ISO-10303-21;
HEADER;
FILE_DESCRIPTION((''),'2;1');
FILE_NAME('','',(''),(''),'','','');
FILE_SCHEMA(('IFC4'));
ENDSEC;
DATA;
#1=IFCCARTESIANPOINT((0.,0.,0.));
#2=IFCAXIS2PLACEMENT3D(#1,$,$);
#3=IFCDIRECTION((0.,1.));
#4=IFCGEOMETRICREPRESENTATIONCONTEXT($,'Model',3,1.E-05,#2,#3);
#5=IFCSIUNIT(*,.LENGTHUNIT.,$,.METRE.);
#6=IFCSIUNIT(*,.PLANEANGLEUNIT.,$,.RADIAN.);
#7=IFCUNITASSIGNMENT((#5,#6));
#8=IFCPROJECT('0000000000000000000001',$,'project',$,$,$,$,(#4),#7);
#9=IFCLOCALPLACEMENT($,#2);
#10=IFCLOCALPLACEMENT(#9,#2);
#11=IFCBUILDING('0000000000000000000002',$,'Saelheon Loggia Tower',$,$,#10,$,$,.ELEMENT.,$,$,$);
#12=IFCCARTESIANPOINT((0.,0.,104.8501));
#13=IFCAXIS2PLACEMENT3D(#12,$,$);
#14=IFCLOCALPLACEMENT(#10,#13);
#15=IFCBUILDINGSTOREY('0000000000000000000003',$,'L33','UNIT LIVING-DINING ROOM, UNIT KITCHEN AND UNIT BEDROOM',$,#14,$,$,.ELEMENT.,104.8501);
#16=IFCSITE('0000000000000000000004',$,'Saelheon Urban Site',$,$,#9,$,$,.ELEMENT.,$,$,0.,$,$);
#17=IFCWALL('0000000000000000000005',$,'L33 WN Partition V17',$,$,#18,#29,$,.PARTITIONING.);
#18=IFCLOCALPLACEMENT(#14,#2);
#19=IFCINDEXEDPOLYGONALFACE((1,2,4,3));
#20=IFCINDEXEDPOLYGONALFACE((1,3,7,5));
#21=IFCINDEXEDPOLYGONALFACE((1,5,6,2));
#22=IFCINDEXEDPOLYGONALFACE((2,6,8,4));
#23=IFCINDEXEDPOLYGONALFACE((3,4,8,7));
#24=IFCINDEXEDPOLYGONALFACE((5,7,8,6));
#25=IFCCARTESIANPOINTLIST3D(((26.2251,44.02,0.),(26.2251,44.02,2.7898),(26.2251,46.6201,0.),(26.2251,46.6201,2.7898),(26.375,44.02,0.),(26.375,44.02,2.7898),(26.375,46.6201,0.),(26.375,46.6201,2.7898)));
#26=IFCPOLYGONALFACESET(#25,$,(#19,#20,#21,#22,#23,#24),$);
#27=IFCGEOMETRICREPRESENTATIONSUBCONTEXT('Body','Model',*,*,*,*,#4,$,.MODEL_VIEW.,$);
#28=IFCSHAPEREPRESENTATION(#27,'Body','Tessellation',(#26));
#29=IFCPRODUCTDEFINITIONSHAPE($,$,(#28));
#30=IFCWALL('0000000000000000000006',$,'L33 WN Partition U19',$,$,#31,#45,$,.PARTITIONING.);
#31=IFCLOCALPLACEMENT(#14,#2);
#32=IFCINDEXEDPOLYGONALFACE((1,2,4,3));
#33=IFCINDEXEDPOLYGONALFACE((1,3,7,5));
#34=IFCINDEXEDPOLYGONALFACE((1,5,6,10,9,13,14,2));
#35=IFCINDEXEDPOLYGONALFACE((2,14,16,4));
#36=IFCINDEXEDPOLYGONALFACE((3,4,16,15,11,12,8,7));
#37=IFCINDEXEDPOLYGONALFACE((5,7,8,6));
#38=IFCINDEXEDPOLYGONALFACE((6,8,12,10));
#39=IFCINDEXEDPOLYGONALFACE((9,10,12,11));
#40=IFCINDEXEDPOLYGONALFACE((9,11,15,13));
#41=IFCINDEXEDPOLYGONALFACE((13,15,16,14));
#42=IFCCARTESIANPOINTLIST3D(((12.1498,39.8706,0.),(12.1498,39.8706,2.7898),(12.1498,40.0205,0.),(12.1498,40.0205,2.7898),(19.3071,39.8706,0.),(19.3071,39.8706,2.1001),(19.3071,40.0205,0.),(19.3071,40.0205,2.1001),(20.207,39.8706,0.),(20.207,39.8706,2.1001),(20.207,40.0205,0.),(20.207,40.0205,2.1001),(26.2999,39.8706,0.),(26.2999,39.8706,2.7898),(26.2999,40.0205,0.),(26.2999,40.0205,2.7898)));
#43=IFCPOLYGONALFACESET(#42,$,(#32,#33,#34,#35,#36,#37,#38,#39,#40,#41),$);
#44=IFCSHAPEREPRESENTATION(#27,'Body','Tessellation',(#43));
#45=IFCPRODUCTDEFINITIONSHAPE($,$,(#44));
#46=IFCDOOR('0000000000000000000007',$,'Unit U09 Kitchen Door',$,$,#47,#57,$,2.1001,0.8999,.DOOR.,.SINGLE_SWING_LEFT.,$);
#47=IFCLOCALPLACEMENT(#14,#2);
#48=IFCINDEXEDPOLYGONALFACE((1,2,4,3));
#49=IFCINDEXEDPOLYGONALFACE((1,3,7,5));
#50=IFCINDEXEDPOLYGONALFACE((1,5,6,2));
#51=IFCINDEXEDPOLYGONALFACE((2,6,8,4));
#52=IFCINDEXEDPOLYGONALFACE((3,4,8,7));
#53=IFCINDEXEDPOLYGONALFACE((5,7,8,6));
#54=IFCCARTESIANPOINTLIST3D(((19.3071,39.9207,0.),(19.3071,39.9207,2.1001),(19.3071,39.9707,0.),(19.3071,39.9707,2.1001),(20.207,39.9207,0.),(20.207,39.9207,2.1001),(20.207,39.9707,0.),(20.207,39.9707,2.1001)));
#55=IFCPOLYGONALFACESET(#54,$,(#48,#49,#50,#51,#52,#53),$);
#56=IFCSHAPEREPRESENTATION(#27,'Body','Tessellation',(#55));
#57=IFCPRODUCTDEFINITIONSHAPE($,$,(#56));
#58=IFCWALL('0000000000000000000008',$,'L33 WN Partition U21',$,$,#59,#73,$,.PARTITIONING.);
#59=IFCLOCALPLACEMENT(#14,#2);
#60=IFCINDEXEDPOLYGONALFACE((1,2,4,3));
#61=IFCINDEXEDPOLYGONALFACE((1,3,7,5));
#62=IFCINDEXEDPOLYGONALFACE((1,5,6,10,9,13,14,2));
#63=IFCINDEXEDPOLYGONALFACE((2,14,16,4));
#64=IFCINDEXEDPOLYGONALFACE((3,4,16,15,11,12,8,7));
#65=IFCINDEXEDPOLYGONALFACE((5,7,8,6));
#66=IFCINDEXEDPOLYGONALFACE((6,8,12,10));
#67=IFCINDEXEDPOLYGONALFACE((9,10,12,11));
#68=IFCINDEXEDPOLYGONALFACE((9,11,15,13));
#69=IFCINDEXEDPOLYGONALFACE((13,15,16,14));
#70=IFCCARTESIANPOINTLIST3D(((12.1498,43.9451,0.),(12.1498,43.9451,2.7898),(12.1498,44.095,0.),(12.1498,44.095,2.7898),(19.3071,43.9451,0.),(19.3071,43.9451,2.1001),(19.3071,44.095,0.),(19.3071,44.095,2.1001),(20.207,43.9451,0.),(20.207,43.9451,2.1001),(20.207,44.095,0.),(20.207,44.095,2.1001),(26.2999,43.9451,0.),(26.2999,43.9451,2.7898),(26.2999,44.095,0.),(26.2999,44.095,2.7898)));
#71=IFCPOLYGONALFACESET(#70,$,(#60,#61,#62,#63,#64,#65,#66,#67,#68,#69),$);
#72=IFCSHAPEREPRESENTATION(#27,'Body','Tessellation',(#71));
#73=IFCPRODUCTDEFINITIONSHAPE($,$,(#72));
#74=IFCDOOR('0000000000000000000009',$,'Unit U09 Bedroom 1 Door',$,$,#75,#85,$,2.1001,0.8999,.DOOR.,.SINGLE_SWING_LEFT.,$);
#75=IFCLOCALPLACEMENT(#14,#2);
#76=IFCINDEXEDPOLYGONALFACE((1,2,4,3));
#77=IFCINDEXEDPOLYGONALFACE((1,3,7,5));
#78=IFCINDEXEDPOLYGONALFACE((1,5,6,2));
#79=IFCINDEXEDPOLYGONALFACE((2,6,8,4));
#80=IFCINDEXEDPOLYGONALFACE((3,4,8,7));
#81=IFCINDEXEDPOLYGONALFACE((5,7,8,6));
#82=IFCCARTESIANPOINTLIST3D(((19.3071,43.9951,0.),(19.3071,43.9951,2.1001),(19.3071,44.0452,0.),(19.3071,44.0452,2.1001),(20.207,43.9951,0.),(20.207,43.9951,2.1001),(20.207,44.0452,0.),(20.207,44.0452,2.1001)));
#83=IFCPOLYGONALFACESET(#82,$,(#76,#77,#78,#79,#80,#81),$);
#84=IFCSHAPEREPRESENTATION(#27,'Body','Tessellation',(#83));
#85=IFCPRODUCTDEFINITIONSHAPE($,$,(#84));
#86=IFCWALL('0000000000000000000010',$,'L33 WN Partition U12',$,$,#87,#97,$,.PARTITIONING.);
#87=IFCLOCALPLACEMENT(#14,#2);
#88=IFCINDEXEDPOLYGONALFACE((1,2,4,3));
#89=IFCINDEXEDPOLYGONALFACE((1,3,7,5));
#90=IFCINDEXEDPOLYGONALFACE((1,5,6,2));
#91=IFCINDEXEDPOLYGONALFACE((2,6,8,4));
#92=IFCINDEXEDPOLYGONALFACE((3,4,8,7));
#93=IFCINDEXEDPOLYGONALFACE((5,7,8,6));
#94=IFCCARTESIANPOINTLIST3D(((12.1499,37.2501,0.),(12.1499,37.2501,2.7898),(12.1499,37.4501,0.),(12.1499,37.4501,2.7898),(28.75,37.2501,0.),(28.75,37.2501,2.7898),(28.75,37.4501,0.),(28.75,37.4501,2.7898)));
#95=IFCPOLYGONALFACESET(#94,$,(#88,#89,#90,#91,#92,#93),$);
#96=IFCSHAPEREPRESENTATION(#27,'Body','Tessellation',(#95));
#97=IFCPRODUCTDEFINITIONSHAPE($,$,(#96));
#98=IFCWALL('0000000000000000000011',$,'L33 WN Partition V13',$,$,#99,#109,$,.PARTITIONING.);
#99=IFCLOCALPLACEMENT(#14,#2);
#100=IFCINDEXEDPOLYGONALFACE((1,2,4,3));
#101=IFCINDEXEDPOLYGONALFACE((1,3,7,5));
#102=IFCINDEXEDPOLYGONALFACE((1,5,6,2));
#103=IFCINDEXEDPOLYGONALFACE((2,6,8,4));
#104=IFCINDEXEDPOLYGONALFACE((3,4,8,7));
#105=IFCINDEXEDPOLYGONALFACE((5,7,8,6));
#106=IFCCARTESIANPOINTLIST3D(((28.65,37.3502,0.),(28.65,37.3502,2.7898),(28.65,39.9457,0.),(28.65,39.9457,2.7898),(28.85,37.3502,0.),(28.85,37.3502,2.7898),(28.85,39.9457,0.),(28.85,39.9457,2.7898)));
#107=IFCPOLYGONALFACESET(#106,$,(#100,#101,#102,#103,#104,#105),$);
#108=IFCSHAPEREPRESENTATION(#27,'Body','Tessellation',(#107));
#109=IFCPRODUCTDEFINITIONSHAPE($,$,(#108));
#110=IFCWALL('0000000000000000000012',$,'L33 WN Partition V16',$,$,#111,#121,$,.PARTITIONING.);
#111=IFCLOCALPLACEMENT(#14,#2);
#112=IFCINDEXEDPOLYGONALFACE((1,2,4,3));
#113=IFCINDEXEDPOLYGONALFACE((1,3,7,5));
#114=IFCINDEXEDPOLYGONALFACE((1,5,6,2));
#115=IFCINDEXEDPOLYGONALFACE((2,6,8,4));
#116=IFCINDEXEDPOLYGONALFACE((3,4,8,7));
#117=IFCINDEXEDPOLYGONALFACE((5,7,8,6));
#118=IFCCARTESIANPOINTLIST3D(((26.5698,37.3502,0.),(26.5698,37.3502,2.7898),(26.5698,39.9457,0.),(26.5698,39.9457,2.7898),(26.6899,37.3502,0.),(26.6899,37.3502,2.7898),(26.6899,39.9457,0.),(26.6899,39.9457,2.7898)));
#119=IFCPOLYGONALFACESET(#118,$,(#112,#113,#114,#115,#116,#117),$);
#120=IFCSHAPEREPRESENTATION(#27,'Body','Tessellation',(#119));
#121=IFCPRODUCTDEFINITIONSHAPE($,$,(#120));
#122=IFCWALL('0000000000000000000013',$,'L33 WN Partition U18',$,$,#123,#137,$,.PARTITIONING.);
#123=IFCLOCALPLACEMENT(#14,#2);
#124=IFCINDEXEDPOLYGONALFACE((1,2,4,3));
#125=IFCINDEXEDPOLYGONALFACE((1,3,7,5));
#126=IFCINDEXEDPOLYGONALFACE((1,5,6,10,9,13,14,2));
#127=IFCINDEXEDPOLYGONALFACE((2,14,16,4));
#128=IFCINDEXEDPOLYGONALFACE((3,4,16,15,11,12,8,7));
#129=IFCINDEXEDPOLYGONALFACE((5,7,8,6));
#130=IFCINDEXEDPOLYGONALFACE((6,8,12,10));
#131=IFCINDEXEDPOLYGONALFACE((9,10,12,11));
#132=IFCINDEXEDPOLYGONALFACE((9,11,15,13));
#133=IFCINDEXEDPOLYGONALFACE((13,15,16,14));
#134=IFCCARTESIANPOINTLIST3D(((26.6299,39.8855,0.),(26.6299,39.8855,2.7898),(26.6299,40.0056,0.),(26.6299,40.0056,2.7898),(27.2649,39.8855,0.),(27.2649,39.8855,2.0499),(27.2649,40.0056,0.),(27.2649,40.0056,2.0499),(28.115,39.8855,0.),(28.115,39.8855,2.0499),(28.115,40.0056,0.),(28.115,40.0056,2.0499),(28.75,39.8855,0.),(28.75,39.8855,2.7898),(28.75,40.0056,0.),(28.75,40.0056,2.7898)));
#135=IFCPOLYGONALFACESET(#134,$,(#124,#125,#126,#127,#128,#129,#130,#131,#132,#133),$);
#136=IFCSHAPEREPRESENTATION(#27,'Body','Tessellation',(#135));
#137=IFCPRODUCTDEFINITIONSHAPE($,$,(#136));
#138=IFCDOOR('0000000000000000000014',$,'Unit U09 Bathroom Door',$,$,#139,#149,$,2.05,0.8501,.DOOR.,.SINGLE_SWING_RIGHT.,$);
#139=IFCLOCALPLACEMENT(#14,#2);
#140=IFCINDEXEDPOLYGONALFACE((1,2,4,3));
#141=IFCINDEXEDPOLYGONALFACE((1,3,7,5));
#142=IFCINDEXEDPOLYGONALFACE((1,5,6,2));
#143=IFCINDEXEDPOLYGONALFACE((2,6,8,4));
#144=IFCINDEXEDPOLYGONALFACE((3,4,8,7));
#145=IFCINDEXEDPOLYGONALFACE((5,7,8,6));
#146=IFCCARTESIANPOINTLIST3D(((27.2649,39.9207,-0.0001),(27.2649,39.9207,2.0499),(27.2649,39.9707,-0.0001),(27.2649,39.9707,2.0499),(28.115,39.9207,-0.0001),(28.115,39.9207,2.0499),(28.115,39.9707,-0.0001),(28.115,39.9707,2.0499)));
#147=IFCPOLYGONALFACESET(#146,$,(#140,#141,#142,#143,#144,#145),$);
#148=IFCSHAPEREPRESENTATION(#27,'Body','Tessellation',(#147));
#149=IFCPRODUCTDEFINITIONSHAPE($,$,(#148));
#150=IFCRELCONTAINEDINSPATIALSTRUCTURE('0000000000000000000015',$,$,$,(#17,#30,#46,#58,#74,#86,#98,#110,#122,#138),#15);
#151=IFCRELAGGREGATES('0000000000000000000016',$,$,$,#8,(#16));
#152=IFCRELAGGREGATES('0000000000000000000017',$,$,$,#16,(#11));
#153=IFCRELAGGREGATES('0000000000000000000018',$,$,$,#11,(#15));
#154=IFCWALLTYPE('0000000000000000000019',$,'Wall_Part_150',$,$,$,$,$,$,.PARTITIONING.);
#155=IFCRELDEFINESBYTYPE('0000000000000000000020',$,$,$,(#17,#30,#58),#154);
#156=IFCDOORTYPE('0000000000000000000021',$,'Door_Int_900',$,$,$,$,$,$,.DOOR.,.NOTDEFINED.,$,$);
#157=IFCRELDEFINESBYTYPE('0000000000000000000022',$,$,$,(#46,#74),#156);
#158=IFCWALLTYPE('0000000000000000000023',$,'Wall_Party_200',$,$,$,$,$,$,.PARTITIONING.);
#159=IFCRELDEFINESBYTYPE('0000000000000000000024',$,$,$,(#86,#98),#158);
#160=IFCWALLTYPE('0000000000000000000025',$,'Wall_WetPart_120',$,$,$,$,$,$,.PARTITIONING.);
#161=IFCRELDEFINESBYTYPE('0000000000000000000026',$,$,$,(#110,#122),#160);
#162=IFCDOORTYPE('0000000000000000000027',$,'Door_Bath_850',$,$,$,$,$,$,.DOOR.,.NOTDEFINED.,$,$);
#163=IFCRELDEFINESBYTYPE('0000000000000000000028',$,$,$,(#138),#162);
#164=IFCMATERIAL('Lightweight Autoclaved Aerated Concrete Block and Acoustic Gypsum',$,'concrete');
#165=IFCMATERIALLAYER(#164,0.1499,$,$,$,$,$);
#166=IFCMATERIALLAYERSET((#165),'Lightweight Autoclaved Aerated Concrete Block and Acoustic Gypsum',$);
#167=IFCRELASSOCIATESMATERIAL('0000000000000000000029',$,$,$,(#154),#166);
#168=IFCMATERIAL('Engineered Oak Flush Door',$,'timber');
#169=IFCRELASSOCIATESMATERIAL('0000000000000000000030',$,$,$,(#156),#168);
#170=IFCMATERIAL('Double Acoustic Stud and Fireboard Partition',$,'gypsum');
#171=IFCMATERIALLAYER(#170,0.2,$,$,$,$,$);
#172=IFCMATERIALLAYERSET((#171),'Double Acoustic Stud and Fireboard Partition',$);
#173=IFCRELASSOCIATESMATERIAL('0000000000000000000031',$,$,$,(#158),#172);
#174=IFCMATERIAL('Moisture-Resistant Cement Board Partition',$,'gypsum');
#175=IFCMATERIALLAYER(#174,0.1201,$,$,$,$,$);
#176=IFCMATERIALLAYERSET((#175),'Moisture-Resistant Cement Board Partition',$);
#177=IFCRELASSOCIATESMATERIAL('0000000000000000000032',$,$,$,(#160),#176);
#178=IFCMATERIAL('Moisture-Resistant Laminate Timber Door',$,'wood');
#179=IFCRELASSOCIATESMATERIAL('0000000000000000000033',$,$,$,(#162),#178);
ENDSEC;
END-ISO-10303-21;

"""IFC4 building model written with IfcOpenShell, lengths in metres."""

from ifc_helpers import new_model, si_unit, direction, frame, frame_2d, origin, place, context, subcontext, project, spatial, rectangle, extrude, source, transform, mapped, material, layer, layer_set, type_object, element, fill, save


model = new_model("IFC4")

# Units and contexts
model_context = context("Model", 3, precision=1e-05, world=origin(), true_north=direction((0.0, 1.0)))
body_context = subcontext(model_context, "Body", "Model", "MODEL_VIEW")
ifc_project = project(units=[si_unit("LENGTHUNIT", "METRE"), si_unit("PLANEANGLEUNIT", "RADIAN")], contexts=[model_context])

# Site, building, storey
site_placement = place(None, origin())
site = spatial("IfcSite", under=ifc_project, at=site_placement, Name="Saelheon Urban Site", CompositionType="ELEMENT", RefElevation=0.0)
building_placement = place(site_placement, origin())
building = spatial("IfcBuilding", under=site, at=building_placement, Name="Saelheon Loggia Tower", CompositionType="ELEMENT")
storey_placement = place(building_placement, frame((0.0, 0.0, 104.8501)))
storey = spatial("IfcBuildingStorey", under=building, at=storey_placement, Name="L33", Description="UNIT LIVING-DINING ROOM, UNIT KITCHEN AND UNIT BEDROOM", CompositionType="ELEMENT", Elevation=104.8501)

# Wall
ifc_material_1 = material(Name="Lightweight Autoclaved Aerated Concrete Block and Acoustic Gypsum", Category="concrete")
ifc_layer_1 = layer(ifc_material_1, 0.1499)
ifc_layer_set_1 = layer_set([ifc_layer_1], Name="Lightweight Autoclaved Aerated Concrete Block and Acoustic Gypsum")
wall_type_1 = type_object("IfcWallType", Name="Wall_Part_150", PredefinedType="PARTITIONING", material=ifc_layer_set_1)
wall_1_placement = place(storey_placement, frame((26.3, 44.02, 0.0), z_axis=(0.0, 0.0, 1.0), x_axis=(0.0, 1.0, 0.0)))
element("IfcWall", 1, at=wall_1_placement, inside=storey, type_object=wall_type_1, Name="L33 WN Partition V17", PredefinedType="PARTITIONING", context=body_context, shape_type="SweptSolid", body=[
    extrude(rectangle(XDim=2.6001, YDim=0.1499, at=frame_2d((1.3, 0.0))), origin(), (0.0, 0.0, 1.0), 2.7898),
])

# Walls, openings, doors
wall_2_placement = place(storey_placement, frame((26.3, 39.9456, 0.0), z_axis=(0.0, 0.0, 1.0), x_axis=(-1.0, 0.0, 0.0)))
wall_2 = element("IfcWall", 2, at=wall_2_placement, inside=storey, type_object=wall_type_1, Name="L33 WN Partition U19", PredefinedType="PARTITIONING", context=body_context, shape_type="SweptSolid", body=[
    extrude(rectangle(XDim=14.1501, YDim=0.1499, at=frame_2d((7.0752, 0.0))), origin(), (0.0, 0.0, 1.0), 2.7898),
])
opening_1_placement = place(wall_2_placement, frame((6.093, 0.0, 0.0)))
opening_1 = element("IfcOpeningElement", 3, at=opening_1_placement, cuts=wall_2, PredefinedType="OPENING", context=body_context, shape_type="SweptSolid", body=[
    extrude(rectangle(XDim=0.8999, YDim=2.1001, at=frame_2d((0.45, 1.05))), frame((0.0, 0.0869, 0.0), z_axis=(0.0, -1.0, 0.0), x_axis=(1.0, 0.0, 0.0)), (0.0, 0.0, 1.0), 0.1738),
])
ifc_material_2 = material(Name="Engineered Oak Flush Door", Category="timber")
door_type_1 = type_object("IfcDoorType", Name="Door_Int_900", OperationType="NOTDEFINED", PredefinedType="DOOR", material=ifc_material_2)
shared_shape_1 = source(origin(), body_context, "Body", "SweptSolid", [
    extrude(rectangle(XDim=0.8999, YDim=2.1001, at=frame_2d((0.45, 1.05))), frame((0.0, 0.0249, 0.0), z_axis=(0.0, -1.0, 0.0), x_axis=(1.0, 0.0, 0.0)), (0.0, 0.0, 1.0), 0.05),
])
door_1_placement = place(opening_1_placement, origin())
door_1 = element("IfcDoor", 4, at=door_1_placement, inside=storey, type_object=door_type_1, Name="Unit U09 Kitchen Door", OperationType="SINGLE_SWING_LEFT", OverallHeight=2.1001, OverallWidth=0.8999, PredefinedType="DOOR", context=body_context, shape_type="MappedRepresentation", body=[
    mapped(shared_shape_1, transform((0.0, 0.0, 0.0), scale=1.0)),
])
fill(opening_1, door_1)
wall_3_placement = place(storey_placement, frame((26.3, 44.02, 0.0), z_axis=(0.0, 0.0, 1.0), x_axis=(-1.0, 0.0, 0.0)))
wall_3 = element("IfcWall", 5, at=wall_3_placement, inside=storey, type_object=wall_type_1, Name="L33 WN Partition U21", PredefinedType="PARTITIONING", context=body_context, shape_type="SweptSolid", body=[
    extrude(rectangle(XDim=14.1501, YDim=0.1499, at=frame_2d((7.0752, 0.0))), origin(), (0.0, 0.0, 1.0), 2.7898),
])
opening_2_placement = place(wall_3_placement, frame((6.093, 0.0, 0.0)))
opening_2 = element("IfcOpeningElement", 6, at=opening_2_placement, cuts=wall_3, PredefinedType="OPENING", context=body_context, shape_type="SweptSolid", body=[
    extrude(rectangle(XDim=0.8999, YDim=2.1001, at=frame_2d((0.45, 1.05))), frame((0.0, 0.0869, 0.0), z_axis=(0.0, -1.0, 0.0), x_axis=(1.0, 0.0, 0.0)), (0.0, 0.0, 1.0), 0.1738),
])
door_2_placement = place(opening_2_placement, origin())
door_2 = element("IfcDoor", 7, at=door_2_placement, inside=storey, type_object=door_type_1, Name="Unit U09 Bedroom 1 Door", OperationType="SINGLE_SWING_LEFT", OverallHeight=2.1001, OverallWidth=0.8999, PredefinedType="DOOR", context=body_context, shape_type="MappedRepresentation", body=[
    mapped(shared_shape_1, transform((0.0, 0.0, 0.0), scale=1.0)),
])
fill(opening_2, door_2)

# Walls
ifc_material_3 = material(Name="Double Acoustic Stud and Fireboard Partition", Category="gypsum")
ifc_layer_2 = layer(ifc_material_3, 0.2)
ifc_layer_set_2 = layer_set([ifc_layer_2], Name="Double Acoustic Stud and Fireboard Partition")
wall_type_2 = type_object("IfcWallType", Name="Wall_Party_200", PredefinedType="PARTITIONING", material=ifc_layer_set_2)
wall_4_placement = place(storey_placement, frame((28.75, 37.3501, 0.0), z_axis=(0.0, 0.0, 1.0), x_axis=(-1.0, 0.0, 0.0)))
element("IfcWall", 8, at=wall_4_placement, inside=storey, type_object=wall_type_2, Name="L33 WN Partition U12", PredefinedType="PARTITIONING", context=body_context, shape_type="SweptSolid", body=[
    extrude(rectangle(XDim=16.6001, YDim=0.2, at=frame_2d((8.3, 0.0))), origin(), (0.0, 0.0, 1.0), 2.7898),
])
wall_5_placement = place(storey_placement, frame((28.75, 37.3501, 0.0), z_axis=(0.0, 0.0, 1.0), x_axis=(0.0, 1.0, 0.0)))
element("IfcWall", 9, at=wall_5_placement, inside=storey, type_object=wall_type_2, Name="L33 WN Partition V13", PredefinedType="PARTITIONING", context=body_context, shape_type="SweptSolid", body=[
    extrude(rectangle(XDim=2.5955, YDim=0.2, at=frame_2d((1.2979, 0.0))), origin(), (0.0, 0.0, 1.0), 2.7898),
])

# Wall
ifc_material_4 = material(Name="Moisture-Resistant Cement Board Partition", Category="gypsum")
ifc_layer_3 = layer(ifc_material_4, 0.1201)
ifc_layer_set_3 = layer_set([ifc_layer_3], Name="Moisture-Resistant Cement Board Partition")
wall_type_3 = type_object("IfcWallType", Name="Wall_WetPart_120", PredefinedType="PARTITIONING", material=ifc_layer_set_3)
wall_6_placement = place(storey_placement, frame((26.6299, 37.3501, 0.0), z_axis=(0.0, 0.0, 1.0), x_axis=(0.0, 1.0, 0.0)))
element("IfcWall", 10, at=wall_6_placement, inside=storey, type_object=wall_type_3, Name="L33 WN Partition V16", PredefinedType="PARTITIONING", context=body_context, shape_type="SweptSolid", body=[
    extrude(rectangle(XDim=2.5955, YDim=0.1201, at=frame_2d((1.2979, 0.0))), origin(), (0.0, 0.0, 1.0), 2.7898),
])

# Wall, opening, door
wall_7_placement = place(storey_placement, frame((28.75, 39.9456, 0.0), z_axis=(0.0, 0.0, 1.0), x_axis=(-1.0, 0.0, 0.0)))
wall_7 = element("IfcWall", 11, at=wall_7_placement, inside=storey, type_object=wall_type_3, Name="L33 WN Partition U18", PredefinedType="PARTITIONING", context=body_context, shape_type="SweptSolid", body=[
    extrude(rectangle(XDim=2.1201, YDim=0.1201, at=frame_2d((1.0601, 0.0))), origin(), (0.0, 0.0, 1.0), 2.7898),
])
opening_3_placement = place(wall_7_placement, frame((0.635, 0.0, 0.0)))
opening_3 = element("IfcOpeningElement", 12, at=opening_3_placement, cuts=wall_7, PredefinedType="OPENING", context=body_context, shape_type="SweptSolid", body=[
    extrude(rectangle(XDim=0.8501, YDim=2.05, at=frame_2d((0.425, 1.0249))), frame((0.0, 0.072, 0.0), z_axis=(0.0, -1.0, 0.0), x_axis=(1.0, 0.0, 0.0)), (0.0, 0.0, 1.0), 0.144),
])
ifc_material_5 = material(Name="Moisture-Resistant Laminate Timber Door", Category="wood")
door_type_2 = type_object("IfcDoorType", Name="Door_Bath_850", OperationType="NOTDEFINED", PredefinedType="DOOR", material=ifc_material_5)
shared_shape_2 = source(origin(), body_context, "Body", "SweptSolid", [
    extrude(rectangle(XDim=0.8501, YDim=2.05, at=frame_2d((0.425, 1.0249))), frame((0.0, 0.0249, 0.0), z_axis=(0.0, -1.0, 0.0), x_axis=(1.0, 0.0, 0.0)), (0.0, 0.0, 1.0), 0.05),
])
door_3_placement = place(opening_3_placement, origin())
door_3 = element("IfcDoor", 13, at=door_3_placement, inside=storey, type_object=door_type_2, Name="Unit U09 Bathroom Door", OperationType="SINGLE_SWING_RIGHT", OverallHeight=2.05, OverallWidth=0.8501, PredefinedType="DOOR", context=body_context, shape_type="MappedRepresentation", body=[
    mapped(shared_shape_2, transform((0.0, 0.0, 0.0), scale=1.0)),
])
fill(opening_3, door_3)

save(model, "model.ifc")
